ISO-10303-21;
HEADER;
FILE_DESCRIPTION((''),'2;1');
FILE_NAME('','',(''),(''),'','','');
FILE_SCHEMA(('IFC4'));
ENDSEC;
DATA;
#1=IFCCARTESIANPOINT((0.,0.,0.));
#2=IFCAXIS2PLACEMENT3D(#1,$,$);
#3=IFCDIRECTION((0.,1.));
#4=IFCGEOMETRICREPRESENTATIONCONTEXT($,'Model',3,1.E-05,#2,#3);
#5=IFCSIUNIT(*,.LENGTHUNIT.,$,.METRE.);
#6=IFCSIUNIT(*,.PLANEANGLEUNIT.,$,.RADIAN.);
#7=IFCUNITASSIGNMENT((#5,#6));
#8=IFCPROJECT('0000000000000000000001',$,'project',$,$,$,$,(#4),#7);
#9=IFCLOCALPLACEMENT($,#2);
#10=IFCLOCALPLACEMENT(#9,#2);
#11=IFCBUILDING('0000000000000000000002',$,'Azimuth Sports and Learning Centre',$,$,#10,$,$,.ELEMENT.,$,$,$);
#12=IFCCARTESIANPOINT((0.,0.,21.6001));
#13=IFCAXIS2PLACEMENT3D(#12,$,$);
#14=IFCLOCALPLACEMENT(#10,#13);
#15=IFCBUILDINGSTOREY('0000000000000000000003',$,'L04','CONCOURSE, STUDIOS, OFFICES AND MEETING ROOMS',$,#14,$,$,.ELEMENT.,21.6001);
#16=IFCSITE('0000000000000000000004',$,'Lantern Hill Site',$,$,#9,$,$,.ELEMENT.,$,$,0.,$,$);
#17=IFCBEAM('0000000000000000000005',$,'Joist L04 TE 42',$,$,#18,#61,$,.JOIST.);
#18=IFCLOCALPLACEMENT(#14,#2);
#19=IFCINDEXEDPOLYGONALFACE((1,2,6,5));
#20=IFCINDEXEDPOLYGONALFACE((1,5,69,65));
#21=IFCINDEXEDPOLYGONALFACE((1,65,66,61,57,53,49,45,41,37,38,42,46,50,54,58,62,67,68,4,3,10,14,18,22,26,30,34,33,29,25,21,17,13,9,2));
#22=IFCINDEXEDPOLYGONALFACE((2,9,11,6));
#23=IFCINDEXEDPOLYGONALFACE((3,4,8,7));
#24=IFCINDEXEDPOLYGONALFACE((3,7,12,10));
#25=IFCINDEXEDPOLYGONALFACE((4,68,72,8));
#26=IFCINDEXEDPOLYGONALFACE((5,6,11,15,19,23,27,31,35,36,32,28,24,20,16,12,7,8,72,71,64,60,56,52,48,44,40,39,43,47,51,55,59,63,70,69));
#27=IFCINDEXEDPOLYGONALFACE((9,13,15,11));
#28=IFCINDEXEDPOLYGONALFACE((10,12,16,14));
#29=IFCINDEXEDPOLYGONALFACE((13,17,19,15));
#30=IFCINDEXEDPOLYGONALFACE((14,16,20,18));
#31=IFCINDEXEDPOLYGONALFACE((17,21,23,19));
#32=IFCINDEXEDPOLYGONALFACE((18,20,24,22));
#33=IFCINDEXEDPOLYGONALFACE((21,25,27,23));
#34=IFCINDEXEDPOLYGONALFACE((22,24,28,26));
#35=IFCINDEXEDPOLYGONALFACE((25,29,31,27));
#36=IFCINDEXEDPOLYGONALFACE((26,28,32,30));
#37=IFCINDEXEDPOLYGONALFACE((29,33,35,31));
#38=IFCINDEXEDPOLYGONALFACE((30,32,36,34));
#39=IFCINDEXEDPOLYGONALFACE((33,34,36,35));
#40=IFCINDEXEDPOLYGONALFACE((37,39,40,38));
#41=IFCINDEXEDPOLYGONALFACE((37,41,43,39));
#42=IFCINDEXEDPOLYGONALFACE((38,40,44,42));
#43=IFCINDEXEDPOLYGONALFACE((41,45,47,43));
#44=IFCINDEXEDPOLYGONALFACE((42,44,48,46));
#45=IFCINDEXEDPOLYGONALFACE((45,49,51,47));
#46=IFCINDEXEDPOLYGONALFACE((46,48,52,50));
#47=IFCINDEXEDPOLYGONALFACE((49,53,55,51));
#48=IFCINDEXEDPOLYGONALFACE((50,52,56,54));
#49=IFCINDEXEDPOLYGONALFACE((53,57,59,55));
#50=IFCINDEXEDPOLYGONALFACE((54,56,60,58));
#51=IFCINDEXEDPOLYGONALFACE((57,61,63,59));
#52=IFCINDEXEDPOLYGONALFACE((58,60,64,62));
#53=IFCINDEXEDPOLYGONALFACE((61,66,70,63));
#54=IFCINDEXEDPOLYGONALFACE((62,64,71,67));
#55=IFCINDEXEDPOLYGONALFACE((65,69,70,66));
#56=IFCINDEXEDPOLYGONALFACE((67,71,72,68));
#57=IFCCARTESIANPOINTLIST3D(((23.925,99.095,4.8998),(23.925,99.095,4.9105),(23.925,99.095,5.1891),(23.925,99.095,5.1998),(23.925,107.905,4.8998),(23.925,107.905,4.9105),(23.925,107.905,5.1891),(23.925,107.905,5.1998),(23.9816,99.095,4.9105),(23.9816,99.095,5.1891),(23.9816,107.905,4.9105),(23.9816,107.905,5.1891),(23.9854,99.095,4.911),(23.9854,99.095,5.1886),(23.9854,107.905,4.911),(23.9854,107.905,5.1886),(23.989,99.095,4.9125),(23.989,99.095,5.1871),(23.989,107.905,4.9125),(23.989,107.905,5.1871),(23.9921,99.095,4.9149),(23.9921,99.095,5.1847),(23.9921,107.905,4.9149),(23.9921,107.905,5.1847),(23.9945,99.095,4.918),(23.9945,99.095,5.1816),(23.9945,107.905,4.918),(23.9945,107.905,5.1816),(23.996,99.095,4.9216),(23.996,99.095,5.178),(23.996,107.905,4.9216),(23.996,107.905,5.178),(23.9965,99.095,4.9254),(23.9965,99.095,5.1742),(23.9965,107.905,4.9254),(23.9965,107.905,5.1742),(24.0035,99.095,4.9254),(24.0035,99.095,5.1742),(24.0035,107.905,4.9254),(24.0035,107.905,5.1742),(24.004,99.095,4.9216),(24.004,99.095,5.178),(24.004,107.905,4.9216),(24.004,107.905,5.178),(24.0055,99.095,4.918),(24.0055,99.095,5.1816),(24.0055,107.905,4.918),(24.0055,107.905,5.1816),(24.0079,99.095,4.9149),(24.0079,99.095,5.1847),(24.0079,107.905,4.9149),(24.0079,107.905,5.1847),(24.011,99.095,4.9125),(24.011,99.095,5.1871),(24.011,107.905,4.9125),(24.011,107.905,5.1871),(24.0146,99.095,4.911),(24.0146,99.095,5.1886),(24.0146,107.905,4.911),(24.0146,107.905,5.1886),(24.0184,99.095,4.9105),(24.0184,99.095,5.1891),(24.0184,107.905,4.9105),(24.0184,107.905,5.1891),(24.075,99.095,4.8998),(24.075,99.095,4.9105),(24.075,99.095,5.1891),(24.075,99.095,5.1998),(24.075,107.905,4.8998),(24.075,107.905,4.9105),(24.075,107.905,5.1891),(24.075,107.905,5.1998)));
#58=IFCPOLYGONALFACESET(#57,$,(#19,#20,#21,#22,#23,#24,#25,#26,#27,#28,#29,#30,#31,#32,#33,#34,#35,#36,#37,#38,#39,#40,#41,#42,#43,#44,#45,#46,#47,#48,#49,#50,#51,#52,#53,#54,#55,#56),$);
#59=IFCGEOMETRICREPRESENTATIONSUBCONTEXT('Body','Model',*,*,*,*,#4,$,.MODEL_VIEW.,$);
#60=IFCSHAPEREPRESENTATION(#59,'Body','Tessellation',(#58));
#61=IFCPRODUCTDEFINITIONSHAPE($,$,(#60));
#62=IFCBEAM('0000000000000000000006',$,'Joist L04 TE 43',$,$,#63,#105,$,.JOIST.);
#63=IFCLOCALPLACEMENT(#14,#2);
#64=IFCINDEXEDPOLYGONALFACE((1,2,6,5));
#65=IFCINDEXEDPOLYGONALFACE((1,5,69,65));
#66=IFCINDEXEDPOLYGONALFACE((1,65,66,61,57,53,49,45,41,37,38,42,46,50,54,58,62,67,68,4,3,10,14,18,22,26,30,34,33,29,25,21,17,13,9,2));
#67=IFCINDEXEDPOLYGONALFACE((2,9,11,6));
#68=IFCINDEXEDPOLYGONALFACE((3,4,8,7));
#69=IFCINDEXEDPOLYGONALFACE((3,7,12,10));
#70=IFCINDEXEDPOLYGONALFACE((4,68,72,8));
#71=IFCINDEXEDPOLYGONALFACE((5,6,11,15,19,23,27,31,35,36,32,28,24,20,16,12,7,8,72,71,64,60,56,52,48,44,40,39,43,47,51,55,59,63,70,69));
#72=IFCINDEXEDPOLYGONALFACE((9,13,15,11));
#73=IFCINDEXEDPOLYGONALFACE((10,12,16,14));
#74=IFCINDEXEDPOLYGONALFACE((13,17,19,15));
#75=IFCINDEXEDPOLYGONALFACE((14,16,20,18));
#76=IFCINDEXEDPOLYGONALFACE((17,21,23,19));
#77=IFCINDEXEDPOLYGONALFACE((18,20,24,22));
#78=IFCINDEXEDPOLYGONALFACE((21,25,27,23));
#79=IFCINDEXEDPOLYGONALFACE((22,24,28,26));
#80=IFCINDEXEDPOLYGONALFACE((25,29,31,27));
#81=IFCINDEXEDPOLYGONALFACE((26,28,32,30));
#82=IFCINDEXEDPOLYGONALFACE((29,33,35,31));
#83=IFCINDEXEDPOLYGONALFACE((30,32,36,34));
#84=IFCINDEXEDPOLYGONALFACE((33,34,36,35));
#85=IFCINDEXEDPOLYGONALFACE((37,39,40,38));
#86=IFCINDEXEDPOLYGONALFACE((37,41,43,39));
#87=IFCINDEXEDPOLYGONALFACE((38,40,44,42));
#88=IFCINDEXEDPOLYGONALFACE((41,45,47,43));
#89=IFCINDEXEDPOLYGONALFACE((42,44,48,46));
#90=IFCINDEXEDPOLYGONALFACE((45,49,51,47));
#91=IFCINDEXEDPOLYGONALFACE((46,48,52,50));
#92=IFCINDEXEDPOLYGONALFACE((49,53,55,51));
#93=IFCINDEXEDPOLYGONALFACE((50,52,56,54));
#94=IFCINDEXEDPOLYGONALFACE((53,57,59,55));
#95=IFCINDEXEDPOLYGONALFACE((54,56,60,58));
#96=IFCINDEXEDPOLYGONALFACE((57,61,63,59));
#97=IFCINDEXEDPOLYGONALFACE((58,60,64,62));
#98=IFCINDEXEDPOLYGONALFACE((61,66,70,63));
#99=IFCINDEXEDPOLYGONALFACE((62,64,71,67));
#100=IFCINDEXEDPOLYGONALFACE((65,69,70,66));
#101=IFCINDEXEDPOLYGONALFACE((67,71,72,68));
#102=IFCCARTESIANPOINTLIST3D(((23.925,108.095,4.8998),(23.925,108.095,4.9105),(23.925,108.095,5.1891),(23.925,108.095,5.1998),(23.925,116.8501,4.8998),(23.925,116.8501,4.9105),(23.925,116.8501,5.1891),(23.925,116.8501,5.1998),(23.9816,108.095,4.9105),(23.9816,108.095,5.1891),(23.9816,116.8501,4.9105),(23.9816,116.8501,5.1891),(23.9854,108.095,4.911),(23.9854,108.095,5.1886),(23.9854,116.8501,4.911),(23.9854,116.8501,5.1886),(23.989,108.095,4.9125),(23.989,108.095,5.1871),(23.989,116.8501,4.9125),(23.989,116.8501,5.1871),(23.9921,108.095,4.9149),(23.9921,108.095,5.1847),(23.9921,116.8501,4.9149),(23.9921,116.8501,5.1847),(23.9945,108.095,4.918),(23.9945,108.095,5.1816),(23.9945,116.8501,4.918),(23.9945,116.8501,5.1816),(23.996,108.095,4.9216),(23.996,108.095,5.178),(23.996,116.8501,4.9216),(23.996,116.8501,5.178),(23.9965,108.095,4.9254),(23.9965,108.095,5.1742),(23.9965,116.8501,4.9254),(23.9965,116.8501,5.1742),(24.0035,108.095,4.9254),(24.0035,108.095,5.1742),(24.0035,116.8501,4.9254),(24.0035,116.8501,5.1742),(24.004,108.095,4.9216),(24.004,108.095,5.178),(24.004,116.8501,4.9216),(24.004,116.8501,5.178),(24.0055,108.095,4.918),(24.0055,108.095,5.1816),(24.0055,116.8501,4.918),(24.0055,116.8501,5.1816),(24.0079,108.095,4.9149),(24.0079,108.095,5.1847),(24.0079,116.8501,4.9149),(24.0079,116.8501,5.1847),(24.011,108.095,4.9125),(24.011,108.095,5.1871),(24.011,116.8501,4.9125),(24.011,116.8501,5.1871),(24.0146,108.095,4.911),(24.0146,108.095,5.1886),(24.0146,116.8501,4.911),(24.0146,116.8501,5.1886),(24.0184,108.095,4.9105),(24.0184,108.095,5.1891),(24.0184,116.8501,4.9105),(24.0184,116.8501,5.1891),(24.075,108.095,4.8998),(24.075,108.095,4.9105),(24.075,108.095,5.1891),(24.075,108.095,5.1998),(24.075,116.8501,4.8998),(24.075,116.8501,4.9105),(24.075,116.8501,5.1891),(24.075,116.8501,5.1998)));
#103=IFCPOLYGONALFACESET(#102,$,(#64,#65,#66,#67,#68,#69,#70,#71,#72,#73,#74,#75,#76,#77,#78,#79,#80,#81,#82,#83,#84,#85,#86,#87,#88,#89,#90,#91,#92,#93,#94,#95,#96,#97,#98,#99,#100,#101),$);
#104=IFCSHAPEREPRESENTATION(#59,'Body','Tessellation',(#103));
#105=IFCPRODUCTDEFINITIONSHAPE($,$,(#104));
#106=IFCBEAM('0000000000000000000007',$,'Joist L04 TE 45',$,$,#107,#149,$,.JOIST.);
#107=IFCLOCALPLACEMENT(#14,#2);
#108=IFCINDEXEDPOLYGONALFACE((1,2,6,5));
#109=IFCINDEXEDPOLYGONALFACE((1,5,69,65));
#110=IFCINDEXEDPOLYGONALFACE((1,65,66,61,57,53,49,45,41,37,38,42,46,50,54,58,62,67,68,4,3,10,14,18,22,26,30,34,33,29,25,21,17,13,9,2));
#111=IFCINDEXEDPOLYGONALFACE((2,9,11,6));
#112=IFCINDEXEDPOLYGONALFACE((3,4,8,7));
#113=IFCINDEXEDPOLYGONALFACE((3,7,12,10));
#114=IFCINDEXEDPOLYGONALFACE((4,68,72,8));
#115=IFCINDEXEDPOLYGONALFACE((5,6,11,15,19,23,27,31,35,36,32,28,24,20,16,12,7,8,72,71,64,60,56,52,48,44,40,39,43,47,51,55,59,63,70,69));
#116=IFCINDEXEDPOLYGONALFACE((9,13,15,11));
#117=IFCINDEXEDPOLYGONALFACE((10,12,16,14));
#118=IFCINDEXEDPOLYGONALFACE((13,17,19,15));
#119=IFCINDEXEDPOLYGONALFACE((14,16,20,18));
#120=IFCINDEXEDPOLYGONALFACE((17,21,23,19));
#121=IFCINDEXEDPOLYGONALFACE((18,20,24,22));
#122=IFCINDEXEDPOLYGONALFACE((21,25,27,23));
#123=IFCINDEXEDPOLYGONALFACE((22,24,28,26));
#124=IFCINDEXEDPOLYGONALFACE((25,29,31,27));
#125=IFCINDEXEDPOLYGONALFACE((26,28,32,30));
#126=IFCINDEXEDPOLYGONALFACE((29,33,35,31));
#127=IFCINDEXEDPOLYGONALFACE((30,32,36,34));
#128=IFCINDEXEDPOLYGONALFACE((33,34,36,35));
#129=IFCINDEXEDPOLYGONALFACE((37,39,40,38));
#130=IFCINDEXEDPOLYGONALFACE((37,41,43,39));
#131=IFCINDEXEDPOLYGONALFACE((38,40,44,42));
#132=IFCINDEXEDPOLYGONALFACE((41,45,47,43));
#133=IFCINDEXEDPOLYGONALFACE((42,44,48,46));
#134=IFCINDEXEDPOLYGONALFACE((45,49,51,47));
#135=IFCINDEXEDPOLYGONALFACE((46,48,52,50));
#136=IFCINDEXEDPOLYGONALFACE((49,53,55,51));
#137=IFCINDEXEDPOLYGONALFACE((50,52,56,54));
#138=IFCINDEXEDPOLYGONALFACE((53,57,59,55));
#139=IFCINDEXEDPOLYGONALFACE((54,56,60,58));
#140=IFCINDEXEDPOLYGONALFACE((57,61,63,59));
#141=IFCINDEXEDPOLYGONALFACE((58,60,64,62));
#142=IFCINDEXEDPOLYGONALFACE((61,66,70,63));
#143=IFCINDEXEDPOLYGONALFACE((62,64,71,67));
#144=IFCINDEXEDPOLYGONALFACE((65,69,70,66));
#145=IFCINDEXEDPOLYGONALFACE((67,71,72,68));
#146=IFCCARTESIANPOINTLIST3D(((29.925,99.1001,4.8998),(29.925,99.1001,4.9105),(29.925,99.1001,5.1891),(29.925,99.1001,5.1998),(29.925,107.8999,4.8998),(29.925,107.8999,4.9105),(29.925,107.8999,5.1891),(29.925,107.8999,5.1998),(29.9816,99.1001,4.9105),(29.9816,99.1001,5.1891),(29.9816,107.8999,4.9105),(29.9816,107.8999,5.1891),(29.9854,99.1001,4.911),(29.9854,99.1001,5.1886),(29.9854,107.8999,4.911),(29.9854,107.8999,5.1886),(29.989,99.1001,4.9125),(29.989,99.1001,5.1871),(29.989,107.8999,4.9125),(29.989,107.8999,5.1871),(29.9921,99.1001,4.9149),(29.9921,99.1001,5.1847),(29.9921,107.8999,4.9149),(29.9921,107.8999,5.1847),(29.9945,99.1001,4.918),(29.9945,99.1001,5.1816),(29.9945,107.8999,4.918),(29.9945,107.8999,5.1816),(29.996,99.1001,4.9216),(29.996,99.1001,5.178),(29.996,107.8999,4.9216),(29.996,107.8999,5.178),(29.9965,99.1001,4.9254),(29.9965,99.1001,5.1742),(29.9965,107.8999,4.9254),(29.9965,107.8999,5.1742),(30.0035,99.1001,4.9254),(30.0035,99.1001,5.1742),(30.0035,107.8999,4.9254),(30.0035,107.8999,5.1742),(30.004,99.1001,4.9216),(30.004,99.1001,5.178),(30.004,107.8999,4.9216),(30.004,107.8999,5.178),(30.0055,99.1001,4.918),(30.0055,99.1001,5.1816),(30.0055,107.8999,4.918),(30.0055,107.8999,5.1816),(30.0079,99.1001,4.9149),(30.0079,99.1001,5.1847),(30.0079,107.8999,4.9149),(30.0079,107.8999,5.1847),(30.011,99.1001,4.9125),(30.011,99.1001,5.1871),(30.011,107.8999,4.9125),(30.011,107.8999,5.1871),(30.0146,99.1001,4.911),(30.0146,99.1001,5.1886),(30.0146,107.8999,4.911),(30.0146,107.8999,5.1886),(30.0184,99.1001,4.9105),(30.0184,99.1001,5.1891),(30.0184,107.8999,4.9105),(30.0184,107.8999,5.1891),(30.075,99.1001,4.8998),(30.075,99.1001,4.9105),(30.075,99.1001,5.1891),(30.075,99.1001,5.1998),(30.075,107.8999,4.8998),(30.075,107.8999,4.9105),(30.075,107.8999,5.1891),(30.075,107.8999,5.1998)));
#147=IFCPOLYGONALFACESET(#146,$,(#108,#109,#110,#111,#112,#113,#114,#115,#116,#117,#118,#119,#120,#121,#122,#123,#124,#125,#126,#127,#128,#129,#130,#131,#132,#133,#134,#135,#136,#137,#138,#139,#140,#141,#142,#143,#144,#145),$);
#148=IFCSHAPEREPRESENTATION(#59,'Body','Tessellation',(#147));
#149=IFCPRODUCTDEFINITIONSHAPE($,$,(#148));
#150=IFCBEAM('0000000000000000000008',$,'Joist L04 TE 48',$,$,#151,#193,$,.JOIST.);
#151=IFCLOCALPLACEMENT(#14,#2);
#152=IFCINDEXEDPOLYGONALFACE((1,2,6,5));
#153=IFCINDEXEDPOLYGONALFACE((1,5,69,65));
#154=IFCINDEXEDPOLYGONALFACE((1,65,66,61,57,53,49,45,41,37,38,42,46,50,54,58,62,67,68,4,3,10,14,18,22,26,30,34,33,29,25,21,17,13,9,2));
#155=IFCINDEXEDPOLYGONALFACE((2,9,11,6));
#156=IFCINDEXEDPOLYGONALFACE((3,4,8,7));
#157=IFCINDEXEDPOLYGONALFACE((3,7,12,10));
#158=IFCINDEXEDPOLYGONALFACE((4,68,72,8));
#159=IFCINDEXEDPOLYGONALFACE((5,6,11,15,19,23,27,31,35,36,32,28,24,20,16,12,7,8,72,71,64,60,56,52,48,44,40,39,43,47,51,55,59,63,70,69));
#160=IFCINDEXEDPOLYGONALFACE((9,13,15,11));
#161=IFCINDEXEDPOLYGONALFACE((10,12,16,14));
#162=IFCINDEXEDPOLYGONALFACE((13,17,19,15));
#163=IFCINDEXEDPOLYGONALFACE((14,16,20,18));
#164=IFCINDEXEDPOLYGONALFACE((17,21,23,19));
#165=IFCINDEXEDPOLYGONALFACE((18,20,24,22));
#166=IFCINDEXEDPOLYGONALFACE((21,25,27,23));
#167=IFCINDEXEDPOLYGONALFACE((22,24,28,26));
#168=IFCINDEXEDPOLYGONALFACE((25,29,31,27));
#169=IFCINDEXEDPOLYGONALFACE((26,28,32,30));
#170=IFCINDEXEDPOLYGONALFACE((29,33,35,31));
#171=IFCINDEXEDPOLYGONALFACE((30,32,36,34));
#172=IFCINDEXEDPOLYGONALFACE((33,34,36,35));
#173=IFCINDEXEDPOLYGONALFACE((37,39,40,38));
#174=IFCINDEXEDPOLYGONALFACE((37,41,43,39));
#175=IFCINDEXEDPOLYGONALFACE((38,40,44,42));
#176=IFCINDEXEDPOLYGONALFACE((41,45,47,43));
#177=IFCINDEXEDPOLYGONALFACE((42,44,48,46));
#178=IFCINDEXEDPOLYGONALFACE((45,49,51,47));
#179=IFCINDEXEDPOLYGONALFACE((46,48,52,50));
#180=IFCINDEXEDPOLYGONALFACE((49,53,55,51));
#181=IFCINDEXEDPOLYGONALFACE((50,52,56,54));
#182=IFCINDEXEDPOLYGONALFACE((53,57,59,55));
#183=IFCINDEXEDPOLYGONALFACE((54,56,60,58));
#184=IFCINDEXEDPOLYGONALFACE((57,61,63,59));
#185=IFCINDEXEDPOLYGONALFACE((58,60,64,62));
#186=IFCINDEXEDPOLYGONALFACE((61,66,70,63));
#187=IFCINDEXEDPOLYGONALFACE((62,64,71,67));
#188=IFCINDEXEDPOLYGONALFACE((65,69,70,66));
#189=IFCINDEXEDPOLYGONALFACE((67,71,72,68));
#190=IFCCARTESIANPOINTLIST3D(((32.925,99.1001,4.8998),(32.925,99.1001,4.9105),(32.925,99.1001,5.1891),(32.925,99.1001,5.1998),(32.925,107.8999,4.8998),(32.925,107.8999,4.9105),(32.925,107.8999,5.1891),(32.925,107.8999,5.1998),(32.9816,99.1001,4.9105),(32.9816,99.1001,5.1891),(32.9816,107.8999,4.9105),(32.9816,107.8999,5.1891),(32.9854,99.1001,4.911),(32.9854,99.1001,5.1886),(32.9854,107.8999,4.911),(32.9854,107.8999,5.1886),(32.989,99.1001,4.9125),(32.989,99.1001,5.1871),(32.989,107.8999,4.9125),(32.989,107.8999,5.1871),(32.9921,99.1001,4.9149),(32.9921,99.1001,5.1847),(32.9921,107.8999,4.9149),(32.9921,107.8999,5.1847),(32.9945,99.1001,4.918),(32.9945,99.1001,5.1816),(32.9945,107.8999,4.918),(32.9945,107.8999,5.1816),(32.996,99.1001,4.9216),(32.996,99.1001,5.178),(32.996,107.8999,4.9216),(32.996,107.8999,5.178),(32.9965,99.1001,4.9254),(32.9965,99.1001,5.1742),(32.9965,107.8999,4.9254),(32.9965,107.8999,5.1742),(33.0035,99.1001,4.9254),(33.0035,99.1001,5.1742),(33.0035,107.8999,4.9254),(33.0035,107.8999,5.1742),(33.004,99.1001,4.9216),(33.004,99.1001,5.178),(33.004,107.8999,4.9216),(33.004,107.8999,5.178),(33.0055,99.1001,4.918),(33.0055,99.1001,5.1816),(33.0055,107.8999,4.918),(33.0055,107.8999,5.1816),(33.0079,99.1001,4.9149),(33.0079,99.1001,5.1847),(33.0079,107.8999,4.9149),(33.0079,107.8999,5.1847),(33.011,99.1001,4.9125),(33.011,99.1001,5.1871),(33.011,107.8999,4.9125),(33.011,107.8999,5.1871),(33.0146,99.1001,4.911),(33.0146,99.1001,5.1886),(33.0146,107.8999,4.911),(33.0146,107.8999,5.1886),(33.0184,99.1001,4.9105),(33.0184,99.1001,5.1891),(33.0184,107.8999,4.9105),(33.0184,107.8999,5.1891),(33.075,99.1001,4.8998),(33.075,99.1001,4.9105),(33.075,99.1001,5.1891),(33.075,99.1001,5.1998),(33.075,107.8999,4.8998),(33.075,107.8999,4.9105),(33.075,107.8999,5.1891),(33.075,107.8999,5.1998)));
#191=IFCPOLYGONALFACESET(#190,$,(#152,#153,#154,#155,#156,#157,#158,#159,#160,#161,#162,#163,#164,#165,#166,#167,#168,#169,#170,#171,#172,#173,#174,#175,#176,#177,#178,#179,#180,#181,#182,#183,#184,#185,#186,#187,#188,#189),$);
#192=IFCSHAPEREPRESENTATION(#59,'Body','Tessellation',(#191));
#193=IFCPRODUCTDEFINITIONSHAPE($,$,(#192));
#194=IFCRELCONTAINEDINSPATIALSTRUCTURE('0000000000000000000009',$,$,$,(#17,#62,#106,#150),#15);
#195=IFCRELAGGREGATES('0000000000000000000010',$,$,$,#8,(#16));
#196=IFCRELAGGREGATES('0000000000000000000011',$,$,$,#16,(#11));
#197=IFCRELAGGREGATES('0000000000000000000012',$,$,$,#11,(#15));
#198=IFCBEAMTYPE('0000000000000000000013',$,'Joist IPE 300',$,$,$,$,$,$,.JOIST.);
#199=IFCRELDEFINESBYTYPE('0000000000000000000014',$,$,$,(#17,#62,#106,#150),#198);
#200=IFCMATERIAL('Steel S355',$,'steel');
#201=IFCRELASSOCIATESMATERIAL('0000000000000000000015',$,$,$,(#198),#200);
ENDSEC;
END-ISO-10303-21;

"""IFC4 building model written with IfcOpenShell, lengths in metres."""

from ifc_helpers import new_model, si_unit, direction, frame, origin, origin_2d, place, context, subcontext, project, spatial, i_section, extrude, material, material_profile, profile_set, type_object, element, save


model = new_model("IFC4")

# Units and contexts
model_context = context("Model", 3, precision=1e-05, world=origin(), true_north=direction((0.0, 1.0)))
body_context = subcontext(model_context, "Body", "Model", "MODEL_VIEW")
ifc_project = project(units=[si_unit("LENGTHUNIT", "METRE"), si_unit("PLANEANGLEUNIT", "RADIAN")], contexts=[model_context])

# Site, building, storey
site_placement = place(None, origin())
site = spatial("IfcSite", under=ifc_project, at=site_placement, Name="Lantern Hill Site", CompositionType="ELEMENT", RefElevation=0.0)
building_placement = place(site_placement, origin())
building = spatial("IfcBuilding", under=site, at=building_placement, Name="Azimuth Sports and Learning Centre", CompositionType="ELEMENT")
storey_placement = place(building_placement, frame((0.0, 0.0, 21.6001)))
storey = spatial("IfcBuildingStorey", under=building, at=storey_placement, Name="L04", Description="CONCOURSE, STUDIOS, OFFICES AND MEETING ROOMS", CompositionType="ELEMENT", Elevation=21.6001)

# Beams
ifc_material_1 = material(Name="Steel S355", Category="steel")
ifc_material_profile_1 = material_profile(ifc_material_1, i_section(OverallWidth=0.1499, OverallDepth=0.3, WebThickness=0.0071, FlangeThickness=0.0107, FilletRadius=0.0149, at=origin_2d()), Name="IPE 300")
ifc_profile_set_1 = profile_set([ifc_material_profile_1], Name="Steel S355")
beam_type_1 = type_object("IfcBeamType", Name="Joist IPE 300", PredefinedType="JOIST", material=ifc_profile_set_1)
beam_1_placement = place(storey_placement, frame((24.0, 99.095, 5.0498), z_axis=(0.0, 1.0, 0.0), x_axis=(-1.0, 0.0, 0.0)))
element("IfcBeam", 1, at=beam_1_placement, inside=storey, type_object=beam_type_1, Name="Joist L04 TE 42", PredefinedType="JOIST", context=body_context, shape_type="SweptSolid", body=[
    extrude(i_section(OverallWidth=0.1499, OverallDepth=0.3, WebThickness=0.0071, FlangeThickness=0.0107, FilletRadius=0.0149, at=origin_2d()), origin(), (0.0, 0.0, 1.0), 8.8101),
])
beam_2_placement = place(storey_placement, frame((24.0, 108.095, 5.0498), z_axis=(0.0, 1.0, 0.0), x_axis=(-1.0, 0.0, 0.0)))
element("IfcBeam", 2, at=beam_2_placement, inside=storey, type_object=beam_type_1, Name="Joist L04 TE 43", PredefinedType="JOIST", context=body_context, shape_type="SweptSolid", body=[
    extrude(i_section(OverallWidth=0.1499, OverallDepth=0.3, WebThickness=0.0071, FlangeThickness=0.0107, FilletRadius=0.0149, at=origin_2d()), origin(), (0.0, 0.0, 1.0), 8.7551),
])
for number, where, z_axis, x_axis, name in (
    (3, (30.0, 99.1001, 5.0498), (0.0, 1.0, 0.0), (-1.0, 0.0, 0.0), "Joist L04 TE 45"),
    (4, (33.0, 99.1001, 5.0498), (0.0, 1.0, 0.0), (-1.0, 0.0, 0.0), "Joist L04 TE 48"),
):
    element("IfcBeam", number, at=place(storey_placement, frame(where, z_axis=z_axis, x_axis=x_axis)), inside=storey, type_object=beam_type_1, Name=name, PredefinedType="JOIST", context=body_context, shape_type="SweptSolid", body=[
        extrude(i_section(OverallWidth=0.1499, OverallDepth=0.3, WebThickness=0.0071, FlangeThickness=0.0107, FilletRadius=0.0149, at=origin_2d()), origin(), (0.0, 0.0, 1.0), 8.7998),
    ])

save(model, "model.ifc")
